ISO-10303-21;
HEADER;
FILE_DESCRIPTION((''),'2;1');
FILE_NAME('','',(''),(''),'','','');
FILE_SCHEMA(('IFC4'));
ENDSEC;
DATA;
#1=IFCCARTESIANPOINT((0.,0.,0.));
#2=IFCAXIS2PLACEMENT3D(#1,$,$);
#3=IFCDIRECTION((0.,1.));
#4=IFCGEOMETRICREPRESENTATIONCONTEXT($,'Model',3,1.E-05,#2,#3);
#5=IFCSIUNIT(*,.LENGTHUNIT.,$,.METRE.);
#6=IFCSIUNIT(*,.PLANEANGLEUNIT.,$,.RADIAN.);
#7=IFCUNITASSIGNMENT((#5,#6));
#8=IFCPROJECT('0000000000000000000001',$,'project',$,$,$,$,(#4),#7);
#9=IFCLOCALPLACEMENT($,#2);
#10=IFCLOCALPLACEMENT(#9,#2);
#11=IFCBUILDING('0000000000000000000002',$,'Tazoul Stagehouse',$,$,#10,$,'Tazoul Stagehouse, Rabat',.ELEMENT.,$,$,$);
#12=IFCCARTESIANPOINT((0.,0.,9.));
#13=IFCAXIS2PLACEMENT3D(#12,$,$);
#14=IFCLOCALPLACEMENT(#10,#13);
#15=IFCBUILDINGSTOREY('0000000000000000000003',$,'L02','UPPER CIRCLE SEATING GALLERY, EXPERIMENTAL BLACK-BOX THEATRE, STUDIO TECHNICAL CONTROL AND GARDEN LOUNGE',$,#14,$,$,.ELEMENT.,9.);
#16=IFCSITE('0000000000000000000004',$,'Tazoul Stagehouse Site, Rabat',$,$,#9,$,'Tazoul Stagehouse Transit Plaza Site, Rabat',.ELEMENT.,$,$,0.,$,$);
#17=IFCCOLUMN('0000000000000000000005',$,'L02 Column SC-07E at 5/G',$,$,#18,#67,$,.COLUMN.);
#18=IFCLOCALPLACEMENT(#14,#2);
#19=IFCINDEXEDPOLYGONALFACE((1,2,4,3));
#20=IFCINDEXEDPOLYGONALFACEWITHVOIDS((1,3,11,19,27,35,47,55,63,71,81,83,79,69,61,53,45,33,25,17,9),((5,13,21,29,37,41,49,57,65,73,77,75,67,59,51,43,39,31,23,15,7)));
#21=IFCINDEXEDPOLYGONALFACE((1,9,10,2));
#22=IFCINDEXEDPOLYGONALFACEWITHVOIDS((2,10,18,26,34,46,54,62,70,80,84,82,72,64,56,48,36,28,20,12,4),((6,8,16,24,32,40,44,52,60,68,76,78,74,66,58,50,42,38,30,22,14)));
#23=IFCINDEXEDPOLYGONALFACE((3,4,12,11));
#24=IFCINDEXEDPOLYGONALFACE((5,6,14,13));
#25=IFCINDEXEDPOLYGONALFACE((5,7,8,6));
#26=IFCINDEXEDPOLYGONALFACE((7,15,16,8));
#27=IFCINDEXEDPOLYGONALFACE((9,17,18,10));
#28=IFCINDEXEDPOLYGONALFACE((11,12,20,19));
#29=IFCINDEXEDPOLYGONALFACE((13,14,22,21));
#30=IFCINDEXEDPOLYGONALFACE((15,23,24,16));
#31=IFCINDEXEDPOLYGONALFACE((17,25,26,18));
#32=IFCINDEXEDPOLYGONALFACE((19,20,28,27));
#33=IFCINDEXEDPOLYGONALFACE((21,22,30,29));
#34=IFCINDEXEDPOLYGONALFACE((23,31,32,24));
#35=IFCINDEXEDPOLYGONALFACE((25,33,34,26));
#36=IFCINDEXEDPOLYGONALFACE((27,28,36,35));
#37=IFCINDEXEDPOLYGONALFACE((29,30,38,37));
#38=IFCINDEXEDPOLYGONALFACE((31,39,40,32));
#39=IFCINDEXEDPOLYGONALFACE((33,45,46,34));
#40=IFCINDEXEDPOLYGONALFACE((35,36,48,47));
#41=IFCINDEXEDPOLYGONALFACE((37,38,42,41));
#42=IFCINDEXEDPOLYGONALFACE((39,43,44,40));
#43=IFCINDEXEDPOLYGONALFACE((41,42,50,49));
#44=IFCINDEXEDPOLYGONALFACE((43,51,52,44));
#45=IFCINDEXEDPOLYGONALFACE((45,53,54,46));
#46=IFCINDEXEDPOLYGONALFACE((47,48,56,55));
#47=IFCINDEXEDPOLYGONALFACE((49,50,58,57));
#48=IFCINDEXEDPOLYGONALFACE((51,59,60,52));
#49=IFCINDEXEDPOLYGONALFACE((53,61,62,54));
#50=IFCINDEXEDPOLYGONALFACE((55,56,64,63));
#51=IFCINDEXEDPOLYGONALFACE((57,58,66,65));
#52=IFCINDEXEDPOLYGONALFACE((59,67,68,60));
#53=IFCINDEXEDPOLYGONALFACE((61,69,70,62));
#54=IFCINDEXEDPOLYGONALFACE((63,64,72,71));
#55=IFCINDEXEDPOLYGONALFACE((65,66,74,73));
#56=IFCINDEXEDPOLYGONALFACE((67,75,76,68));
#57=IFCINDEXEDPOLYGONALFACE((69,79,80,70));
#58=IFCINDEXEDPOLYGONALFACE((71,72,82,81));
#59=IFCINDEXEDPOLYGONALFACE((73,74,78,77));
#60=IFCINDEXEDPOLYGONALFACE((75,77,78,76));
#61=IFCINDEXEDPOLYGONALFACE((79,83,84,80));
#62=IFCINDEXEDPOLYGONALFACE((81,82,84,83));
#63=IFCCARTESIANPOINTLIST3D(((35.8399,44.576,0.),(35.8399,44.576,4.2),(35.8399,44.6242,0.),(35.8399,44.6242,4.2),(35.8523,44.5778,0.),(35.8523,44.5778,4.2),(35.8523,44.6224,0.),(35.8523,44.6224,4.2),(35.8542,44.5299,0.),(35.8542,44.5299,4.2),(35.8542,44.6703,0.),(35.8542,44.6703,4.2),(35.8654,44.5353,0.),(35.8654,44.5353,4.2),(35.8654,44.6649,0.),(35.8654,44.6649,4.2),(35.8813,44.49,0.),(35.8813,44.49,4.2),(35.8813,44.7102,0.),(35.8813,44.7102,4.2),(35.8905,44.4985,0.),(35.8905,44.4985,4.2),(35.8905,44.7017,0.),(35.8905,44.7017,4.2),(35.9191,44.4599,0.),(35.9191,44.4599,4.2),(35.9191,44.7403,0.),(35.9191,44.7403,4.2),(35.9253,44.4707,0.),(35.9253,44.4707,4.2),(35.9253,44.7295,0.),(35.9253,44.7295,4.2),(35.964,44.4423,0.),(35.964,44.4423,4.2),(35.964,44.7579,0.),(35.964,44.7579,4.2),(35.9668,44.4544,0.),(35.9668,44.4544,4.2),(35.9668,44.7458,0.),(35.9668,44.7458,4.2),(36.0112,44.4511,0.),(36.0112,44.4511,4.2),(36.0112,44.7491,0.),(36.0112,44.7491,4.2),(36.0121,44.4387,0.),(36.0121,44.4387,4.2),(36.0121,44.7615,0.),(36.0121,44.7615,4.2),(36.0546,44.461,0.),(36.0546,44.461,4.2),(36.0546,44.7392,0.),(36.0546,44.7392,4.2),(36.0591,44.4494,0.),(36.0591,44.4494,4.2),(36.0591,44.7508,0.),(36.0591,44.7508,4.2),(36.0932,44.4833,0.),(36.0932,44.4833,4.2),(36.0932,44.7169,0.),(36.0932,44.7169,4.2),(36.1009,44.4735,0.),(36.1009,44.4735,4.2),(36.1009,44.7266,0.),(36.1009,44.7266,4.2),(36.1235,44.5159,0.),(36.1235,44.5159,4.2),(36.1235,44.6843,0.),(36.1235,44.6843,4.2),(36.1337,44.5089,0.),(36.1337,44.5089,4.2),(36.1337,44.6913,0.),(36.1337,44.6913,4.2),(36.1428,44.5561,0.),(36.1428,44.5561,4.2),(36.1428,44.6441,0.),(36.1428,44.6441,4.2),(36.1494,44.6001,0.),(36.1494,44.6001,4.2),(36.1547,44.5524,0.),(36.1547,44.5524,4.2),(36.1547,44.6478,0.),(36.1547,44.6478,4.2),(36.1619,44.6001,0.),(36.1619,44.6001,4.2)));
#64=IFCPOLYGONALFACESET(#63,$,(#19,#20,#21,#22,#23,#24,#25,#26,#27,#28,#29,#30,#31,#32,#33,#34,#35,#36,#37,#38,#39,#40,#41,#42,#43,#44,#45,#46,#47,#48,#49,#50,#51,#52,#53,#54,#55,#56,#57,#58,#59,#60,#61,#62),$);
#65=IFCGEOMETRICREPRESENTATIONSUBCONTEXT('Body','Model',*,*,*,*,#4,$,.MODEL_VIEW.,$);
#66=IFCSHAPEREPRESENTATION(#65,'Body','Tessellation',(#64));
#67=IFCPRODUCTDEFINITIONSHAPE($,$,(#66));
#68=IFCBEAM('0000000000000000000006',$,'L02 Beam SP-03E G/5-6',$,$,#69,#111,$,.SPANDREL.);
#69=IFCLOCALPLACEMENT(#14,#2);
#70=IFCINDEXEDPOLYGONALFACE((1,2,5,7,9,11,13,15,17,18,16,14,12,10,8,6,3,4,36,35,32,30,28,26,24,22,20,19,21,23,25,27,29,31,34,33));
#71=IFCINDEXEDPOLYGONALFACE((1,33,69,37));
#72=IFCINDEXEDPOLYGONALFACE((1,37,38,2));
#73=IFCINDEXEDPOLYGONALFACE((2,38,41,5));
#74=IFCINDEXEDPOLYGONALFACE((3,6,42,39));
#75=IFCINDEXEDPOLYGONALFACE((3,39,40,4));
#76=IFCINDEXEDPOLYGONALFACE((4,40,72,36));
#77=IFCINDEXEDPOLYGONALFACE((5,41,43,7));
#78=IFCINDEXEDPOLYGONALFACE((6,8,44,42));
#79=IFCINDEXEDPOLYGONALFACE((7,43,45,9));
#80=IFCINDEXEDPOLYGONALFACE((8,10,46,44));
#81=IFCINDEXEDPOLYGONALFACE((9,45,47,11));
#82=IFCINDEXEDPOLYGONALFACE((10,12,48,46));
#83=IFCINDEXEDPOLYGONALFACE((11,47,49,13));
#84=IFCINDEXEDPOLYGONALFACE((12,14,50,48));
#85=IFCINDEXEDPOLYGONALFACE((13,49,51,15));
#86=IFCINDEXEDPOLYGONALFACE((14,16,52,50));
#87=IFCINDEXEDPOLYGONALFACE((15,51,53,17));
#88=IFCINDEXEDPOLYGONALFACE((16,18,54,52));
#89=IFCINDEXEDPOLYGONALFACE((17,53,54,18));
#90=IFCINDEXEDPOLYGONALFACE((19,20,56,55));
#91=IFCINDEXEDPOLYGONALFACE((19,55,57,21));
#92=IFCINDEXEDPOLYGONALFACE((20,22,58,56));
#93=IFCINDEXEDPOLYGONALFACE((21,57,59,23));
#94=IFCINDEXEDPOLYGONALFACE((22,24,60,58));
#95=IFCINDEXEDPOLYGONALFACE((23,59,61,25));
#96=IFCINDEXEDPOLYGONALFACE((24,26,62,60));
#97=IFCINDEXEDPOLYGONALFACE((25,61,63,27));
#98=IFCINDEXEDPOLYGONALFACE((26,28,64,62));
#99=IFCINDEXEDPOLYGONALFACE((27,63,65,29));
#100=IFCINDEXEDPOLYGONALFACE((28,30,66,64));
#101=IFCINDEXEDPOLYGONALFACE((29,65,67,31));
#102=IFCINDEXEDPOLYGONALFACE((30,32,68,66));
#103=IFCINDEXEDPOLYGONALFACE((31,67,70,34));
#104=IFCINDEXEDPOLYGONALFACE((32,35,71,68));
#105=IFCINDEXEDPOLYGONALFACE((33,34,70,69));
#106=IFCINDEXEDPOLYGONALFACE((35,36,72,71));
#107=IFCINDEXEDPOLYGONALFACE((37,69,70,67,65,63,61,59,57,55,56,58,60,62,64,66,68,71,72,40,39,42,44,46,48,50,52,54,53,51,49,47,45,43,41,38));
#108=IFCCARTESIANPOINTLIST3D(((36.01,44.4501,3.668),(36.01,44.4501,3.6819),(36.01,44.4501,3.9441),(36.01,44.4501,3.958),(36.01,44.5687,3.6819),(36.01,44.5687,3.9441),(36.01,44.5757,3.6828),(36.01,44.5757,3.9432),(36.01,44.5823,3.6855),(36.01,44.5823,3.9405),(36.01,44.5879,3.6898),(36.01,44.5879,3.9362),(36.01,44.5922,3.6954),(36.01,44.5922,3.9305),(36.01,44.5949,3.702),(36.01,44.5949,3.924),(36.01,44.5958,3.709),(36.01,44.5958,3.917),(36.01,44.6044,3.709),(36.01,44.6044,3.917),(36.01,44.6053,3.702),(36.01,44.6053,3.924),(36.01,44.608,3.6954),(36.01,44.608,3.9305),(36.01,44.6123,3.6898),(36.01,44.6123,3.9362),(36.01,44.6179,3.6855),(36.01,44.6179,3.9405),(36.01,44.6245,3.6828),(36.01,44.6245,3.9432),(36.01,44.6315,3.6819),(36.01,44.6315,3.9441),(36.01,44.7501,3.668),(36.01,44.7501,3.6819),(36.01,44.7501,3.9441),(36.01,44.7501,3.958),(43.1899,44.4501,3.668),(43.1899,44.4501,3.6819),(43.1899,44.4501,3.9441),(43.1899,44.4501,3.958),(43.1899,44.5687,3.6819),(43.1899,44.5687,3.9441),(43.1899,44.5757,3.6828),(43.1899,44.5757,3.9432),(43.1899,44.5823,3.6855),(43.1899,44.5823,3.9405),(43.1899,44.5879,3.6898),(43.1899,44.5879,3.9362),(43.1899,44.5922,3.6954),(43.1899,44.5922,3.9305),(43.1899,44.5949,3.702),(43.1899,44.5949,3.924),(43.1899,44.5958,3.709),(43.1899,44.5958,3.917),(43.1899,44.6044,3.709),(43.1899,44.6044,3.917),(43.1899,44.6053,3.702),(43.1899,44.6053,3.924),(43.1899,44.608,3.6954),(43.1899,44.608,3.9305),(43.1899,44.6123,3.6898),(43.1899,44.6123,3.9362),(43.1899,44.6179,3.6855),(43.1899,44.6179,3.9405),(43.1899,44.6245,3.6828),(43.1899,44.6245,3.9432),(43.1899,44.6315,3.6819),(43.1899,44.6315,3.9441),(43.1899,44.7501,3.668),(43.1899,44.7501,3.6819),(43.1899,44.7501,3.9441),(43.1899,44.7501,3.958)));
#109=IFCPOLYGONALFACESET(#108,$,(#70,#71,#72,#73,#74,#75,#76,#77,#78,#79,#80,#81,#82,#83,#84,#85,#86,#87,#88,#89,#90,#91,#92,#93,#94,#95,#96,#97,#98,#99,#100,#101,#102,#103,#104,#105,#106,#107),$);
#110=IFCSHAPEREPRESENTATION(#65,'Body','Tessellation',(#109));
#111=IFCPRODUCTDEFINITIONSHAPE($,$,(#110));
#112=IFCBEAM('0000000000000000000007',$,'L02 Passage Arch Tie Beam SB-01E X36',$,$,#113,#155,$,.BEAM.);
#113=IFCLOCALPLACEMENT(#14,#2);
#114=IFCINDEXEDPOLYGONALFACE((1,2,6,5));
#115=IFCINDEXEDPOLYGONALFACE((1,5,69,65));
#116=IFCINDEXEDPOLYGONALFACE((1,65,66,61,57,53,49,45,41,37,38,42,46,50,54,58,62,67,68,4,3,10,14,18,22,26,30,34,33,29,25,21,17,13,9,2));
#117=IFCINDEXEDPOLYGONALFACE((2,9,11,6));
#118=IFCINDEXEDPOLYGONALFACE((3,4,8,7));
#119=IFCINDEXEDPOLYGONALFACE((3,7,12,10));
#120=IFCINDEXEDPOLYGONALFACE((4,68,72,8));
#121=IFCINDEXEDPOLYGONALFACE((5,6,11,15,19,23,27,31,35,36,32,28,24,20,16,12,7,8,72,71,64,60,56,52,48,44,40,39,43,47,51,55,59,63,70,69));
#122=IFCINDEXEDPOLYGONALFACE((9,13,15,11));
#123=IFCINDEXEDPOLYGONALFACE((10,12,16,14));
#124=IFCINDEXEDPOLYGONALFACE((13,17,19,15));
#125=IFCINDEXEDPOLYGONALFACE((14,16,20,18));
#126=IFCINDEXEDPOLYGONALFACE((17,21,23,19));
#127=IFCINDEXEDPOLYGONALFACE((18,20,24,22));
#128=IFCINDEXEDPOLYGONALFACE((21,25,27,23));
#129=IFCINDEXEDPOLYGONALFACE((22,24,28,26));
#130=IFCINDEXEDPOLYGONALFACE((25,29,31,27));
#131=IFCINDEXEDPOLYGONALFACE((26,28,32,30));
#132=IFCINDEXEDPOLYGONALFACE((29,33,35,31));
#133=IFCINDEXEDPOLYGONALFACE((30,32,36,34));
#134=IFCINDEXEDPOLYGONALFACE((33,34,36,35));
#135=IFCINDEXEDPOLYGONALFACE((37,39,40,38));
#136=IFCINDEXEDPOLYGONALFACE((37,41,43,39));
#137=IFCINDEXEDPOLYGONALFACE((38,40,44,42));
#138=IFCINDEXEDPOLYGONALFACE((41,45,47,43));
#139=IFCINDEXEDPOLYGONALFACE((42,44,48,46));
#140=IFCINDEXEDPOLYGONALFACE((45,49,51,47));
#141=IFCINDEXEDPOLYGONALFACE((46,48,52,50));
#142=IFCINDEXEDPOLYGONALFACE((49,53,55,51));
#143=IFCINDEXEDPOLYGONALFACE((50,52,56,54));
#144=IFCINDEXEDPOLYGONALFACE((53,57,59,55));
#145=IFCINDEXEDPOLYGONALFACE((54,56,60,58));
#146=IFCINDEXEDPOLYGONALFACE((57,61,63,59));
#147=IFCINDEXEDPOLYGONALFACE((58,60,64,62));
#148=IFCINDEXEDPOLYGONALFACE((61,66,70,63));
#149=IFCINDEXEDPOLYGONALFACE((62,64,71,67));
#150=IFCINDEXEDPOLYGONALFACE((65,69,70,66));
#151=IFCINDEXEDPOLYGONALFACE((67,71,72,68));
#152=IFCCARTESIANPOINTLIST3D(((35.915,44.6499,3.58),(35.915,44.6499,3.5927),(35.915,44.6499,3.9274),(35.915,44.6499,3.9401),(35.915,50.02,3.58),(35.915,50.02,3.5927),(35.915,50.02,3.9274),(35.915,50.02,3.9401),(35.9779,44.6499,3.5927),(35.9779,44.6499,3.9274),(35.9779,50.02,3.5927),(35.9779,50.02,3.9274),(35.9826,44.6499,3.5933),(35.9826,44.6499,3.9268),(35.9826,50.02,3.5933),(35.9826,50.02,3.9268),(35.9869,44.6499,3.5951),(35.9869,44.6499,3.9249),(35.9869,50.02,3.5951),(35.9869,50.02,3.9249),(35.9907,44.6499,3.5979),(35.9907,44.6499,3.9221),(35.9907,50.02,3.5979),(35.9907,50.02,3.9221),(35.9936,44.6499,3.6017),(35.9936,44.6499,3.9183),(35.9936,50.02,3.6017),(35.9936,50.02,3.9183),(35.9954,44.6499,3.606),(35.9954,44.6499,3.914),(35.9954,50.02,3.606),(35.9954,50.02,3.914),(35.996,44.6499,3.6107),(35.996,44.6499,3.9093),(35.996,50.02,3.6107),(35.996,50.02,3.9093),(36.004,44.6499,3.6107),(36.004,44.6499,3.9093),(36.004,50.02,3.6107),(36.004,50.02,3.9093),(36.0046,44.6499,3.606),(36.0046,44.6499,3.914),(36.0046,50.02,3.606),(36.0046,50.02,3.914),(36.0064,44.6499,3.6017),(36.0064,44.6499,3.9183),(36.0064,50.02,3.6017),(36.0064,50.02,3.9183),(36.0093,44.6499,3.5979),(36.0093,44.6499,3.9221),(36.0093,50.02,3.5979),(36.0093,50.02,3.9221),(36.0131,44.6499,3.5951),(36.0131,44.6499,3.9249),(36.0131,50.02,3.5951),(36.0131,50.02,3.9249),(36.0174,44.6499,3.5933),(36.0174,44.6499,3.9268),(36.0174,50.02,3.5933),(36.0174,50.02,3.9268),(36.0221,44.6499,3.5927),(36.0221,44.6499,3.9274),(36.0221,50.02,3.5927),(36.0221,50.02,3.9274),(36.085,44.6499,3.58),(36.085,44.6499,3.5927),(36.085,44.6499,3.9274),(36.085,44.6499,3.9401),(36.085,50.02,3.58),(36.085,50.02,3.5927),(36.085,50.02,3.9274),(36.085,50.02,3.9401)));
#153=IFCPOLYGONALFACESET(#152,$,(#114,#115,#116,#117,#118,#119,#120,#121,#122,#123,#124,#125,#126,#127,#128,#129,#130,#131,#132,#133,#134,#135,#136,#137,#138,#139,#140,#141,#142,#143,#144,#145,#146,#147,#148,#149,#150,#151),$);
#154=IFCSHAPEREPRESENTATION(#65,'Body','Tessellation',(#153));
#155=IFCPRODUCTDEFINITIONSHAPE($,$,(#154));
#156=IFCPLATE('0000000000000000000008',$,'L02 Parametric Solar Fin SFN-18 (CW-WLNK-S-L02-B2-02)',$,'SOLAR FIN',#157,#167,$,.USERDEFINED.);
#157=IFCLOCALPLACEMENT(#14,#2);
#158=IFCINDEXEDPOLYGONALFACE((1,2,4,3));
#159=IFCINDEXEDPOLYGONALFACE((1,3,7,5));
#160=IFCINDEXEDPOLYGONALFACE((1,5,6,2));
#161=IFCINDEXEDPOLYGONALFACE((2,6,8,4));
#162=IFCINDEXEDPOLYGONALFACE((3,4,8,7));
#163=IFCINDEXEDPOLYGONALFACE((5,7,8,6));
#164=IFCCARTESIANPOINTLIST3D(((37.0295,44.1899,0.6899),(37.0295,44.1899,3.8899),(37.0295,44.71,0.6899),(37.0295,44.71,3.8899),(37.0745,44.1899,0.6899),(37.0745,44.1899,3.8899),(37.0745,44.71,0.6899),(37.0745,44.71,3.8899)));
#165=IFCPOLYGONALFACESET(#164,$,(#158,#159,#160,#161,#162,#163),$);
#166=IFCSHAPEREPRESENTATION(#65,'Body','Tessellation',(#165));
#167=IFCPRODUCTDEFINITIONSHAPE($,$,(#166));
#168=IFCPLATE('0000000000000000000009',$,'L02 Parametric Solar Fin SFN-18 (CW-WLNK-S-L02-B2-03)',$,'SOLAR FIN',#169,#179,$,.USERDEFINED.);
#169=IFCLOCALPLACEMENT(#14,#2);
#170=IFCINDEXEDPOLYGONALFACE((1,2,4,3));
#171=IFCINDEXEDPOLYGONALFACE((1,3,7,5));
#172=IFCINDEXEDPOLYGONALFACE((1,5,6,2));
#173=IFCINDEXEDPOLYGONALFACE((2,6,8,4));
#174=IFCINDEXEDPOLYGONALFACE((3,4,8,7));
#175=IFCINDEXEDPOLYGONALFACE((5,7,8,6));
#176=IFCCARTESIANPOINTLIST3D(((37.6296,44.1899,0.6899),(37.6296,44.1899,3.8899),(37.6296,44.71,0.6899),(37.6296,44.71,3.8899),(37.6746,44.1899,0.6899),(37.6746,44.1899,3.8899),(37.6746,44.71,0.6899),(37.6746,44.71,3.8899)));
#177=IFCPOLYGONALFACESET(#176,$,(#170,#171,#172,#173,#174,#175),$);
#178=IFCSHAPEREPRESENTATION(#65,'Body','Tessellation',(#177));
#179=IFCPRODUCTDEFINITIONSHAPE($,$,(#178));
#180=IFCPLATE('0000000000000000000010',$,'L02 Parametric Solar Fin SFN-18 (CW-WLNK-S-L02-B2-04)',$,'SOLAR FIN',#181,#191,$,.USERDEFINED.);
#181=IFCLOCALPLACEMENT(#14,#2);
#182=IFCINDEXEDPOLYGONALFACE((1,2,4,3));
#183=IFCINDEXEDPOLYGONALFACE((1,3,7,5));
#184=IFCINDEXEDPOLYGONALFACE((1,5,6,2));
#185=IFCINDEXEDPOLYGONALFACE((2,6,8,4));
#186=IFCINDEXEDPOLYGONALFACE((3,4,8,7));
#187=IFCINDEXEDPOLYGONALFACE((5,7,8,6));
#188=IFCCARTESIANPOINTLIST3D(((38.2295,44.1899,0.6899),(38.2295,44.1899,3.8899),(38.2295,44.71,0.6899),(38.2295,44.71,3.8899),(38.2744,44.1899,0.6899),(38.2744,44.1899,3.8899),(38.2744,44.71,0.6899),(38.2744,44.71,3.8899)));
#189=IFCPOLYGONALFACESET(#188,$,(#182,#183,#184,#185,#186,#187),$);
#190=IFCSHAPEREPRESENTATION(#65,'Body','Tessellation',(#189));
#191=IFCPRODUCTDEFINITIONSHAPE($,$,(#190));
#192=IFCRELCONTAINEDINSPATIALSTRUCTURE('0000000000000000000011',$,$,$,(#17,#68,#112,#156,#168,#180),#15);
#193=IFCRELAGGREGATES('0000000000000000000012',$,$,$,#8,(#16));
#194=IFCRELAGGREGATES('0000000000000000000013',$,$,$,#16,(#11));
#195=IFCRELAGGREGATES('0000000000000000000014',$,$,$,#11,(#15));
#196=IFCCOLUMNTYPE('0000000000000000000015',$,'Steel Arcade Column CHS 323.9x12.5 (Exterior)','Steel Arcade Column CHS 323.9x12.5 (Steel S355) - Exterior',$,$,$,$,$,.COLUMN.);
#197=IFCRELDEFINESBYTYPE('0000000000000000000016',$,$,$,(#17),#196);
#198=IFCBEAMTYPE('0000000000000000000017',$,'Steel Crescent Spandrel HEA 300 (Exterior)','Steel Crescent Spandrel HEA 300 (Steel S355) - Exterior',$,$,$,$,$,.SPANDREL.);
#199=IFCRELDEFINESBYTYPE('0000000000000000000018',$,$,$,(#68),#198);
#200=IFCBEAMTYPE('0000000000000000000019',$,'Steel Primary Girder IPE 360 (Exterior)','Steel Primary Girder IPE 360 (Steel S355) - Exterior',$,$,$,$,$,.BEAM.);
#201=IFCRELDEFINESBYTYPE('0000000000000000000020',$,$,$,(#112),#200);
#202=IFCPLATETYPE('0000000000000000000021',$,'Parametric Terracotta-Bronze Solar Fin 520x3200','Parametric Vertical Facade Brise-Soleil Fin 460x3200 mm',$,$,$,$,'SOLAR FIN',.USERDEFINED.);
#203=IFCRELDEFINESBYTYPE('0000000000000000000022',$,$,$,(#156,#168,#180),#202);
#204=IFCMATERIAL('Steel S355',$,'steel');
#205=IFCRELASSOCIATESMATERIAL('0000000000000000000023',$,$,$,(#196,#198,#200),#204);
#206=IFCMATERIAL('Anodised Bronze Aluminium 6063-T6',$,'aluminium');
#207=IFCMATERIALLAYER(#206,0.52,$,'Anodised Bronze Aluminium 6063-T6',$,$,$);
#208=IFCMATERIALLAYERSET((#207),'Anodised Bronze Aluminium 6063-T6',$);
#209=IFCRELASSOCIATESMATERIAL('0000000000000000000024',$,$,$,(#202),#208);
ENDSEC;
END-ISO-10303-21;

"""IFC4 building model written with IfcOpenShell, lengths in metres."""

from ifc_helpers import new_model, si_unit, direction, frame, origin, origin_2d, place, context, subcontext, project, spatial, rectangle, hollow_circle, i_section, extrude, material, layer, layer_set, material_profile, profile_set, type_object, element, save


model = new_model("IFC4")

# Units and contexts
model_context = context("Model", 3, precision=1e-05, world=origin(), true_north=direction((0.0, 1.0)))
body_context = subcontext(model_context, "Body", "Model", "MODEL_VIEW")
ifc_project = project(units=[si_unit("LENGTHUNIT", "METRE"), si_unit("PLANEANGLEUNIT", "RADIAN")], contexts=[model_context])

# Site, building, storey
site_placement = place(None, origin())
site = spatial("IfcSite", under=ifc_project, at=site_placement, Name="Tazoul Stagehouse Site, Rabat", LongName="Tazoul Stagehouse Transit Plaza Site, Rabat", CompositionType="ELEMENT", RefElevation=0.0)
building_placement = place(site_placement, origin())
building = spatial("IfcBuilding", under=site, at=building_placement, Name="Tazoul Stagehouse", LongName="Tazoul Stagehouse, Rabat", CompositionType="ELEMENT")
storey_placement = place(building_placement, frame((0.0, 0.0, 9.0)))
storey = spatial("IfcBuildingStorey", under=building, at=storey_placement, Name="L02", Description="UPPER CIRCLE SEATING GALLERY, EXPERIMENTAL BLACK-BOX THEATRE, STUDIO TECHNICAL CONTROL AND GARDEN LOUNGE", CompositionType="ELEMENT", Elevation=9.0)

# Column
ifc_material_1 = material(Name="Steel S355", Category="steel")
ifc_material_profile_1 = material_profile(ifc_material_1, hollow_circle(Radius=0.1619, WallThickness=0.0125, at=origin_2d()), Name="CHS 323.9x12.5")
ifc_profile_set_1 = profile_set([ifc_material_profile_1], Name="Steel S355")
column_type = type_object("IfcColumnType", Name="Steel Arcade Column CHS 323.9x12.5 (Exterior)", Description="Steel Arcade Column CHS 323.9x12.5 (Steel S355) - Exterior", PredefinedType="COLUMN", material=ifc_profile_set_1)
column_placement = place(storey_placement, frame((36.0, 44.6001, 0.0), z_axis=(0.0, 0.0, 1.0), x_axis=(1.0, 0.0, 0.0)))
element("IfcColumn", 1, at=column_placement, inside=storey, type_object=column_type, Name="L02 Column SC-07E at 5/G", PredefinedType="COLUMN", context=body_context, shape_type="SweptSolid", body=[
    extrude(hollow_circle(Radius=0.1619, WallThickness=0.0125, at=origin_2d()), origin(), (0.0, 0.0, 1.0), 4.2),
])

# Beams
ifc_material_profile_2 = material_profile(ifc_material_1, i_section(OverallWidth=0.3, OverallDepth=0.29, WebThickness=0.0085, FlangeThickness=0.0139, FilletRadius=0.0271, at=origin_2d()), Name="HEA 300")
ifc_profile_set_2 = profile_set([ifc_material_profile_2], Name="Steel S355")
beam_type_1 = type_object("IfcBeamType", Name="Steel Crescent Spandrel HEA 300 (Exterior)", Description="Steel Crescent Spandrel HEA 300 (Steel S355) - Exterior", PredefinedType="SPANDREL", material=ifc_profile_set_2)
beam_1_placement = place(storey_placement, frame((36.01, 44.6001, 3.813), z_axis=(1.0, 0.0, 0.0), x_axis=(0.0, 1.0, 0.0)))
element("IfcBeam", 2, at=beam_1_placement, inside=storey, type_object=beam_type_1, Name="L02 Beam SP-03E G/5-6", PredefinedType="SPANDREL", context=body_context, shape_type="SweptSolid", body=[
    extrude(i_section(OverallWidth=0.3, OverallDepth=0.29, WebThickness=0.0085, FlangeThickness=0.0139, FilletRadius=0.0271, at=origin_2d()), origin(), (0.0, 0.0, 1.0), 7.1799),
])
ifc_material_profile_3 = material_profile(ifc_material_1, i_section(OverallWidth=0.1699, OverallDepth=0.3601, WebThickness=0.0081, FlangeThickness=0.0127, FilletRadius=0.0181, at=origin_2d()), Name="IPE 360")
ifc_profile_set_3 = profile_set([ifc_material_profile_3], Name="Steel S355")
beam_type_2 = type_object("IfcBeamType", Name="Steel Primary Girder IPE 360 (Exterior)", Description="Steel Primary Girder IPE 360 (Steel S355) - Exterior", PredefinedType="BEAM", material=ifc_profile_set_3)
beam_2_placement = place(storey_placement, frame((36.0, 44.6499, 3.76), z_axis=(0.0, 1.0, 0.0), x_axis=(-1.0, 0.0, 0.0)))
element("IfcBeam", 3, at=beam_2_placement, inside=storey, type_object=beam_type_2, Name="L02 Passage Arch Tie Beam SB-01E X36", PredefinedType="BEAM", context=body_context, shape_type="SweptSolid", body=[
    extrude(i_section(OverallWidth=0.1699, OverallDepth=0.3601, WebThickness=0.0081, FlangeThickness=0.0127, FilletRadius=0.0181, at=origin_2d()), origin(), (0.0, 0.0, 1.0), 5.3701),
])

# Plates
ifc_material_2 = material(Name="Anodised Bronze Aluminium 6063-T6", Category="aluminium")
ifc_layer_1 = layer(ifc_material_2, 0.52, Name="Anodised Bronze Aluminium 6063-T6")
ifc_layer_set_1 = layer_set([ifc_layer_1], Name="Anodised Bronze Aluminium 6063-T6")
plate_type_1 = type_object("IfcPlateType", Name="Parametric Terracotta-Bronze Solar Fin 520x3200", Description="Parametric Vertical Facade Brise-Soleil Fin 460x3200 mm", ElementType="SOLAR FIN", PredefinedType="USERDEFINED", material=ifc_layer_set_1)
for number, where, z_axis, x_axis, name in (
    (4, (37.052, 44.45, 0.6899), (0.0, 0.0, 1.0), (1.0, 0.0, 0.0), "L02 Parametric Solar Fin SFN-18 (CW-WLNK-S-L02-B2-02)"),
    (5, (37.6521, 44.45, 0.6899), (0.0, 0.0, 1.0), (1.0, 0.0, 0.0), "L02 Parametric Solar Fin SFN-18 (CW-WLNK-S-L02-B2-03)"),
    (6, (38.252, 44.45, 0.6899), (0.0, 0.0, 1.0), (1.0, 0.0, 0.0), "L02 Parametric Solar Fin SFN-18 (CW-WLNK-S-L02-B2-04)"),
):
    element("IfcPlate", number, at=place(storey_placement, frame(where, z_axis=z_axis, x_axis=x_axis)), inside=storey, type_object=plate_type_1, Name=name, ObjectType="SOLAR FIN", PredefinedType="USERDEFINED", context=body_context, shape_type="SweptSolid", body=[
        extrude(rectangle(XDim=0.0449, YDim=0.52, at=origin_2d()), origin(), (0.0, 0.0, 1.0), 3.2),
    ])

save(model, "model.ifc")
